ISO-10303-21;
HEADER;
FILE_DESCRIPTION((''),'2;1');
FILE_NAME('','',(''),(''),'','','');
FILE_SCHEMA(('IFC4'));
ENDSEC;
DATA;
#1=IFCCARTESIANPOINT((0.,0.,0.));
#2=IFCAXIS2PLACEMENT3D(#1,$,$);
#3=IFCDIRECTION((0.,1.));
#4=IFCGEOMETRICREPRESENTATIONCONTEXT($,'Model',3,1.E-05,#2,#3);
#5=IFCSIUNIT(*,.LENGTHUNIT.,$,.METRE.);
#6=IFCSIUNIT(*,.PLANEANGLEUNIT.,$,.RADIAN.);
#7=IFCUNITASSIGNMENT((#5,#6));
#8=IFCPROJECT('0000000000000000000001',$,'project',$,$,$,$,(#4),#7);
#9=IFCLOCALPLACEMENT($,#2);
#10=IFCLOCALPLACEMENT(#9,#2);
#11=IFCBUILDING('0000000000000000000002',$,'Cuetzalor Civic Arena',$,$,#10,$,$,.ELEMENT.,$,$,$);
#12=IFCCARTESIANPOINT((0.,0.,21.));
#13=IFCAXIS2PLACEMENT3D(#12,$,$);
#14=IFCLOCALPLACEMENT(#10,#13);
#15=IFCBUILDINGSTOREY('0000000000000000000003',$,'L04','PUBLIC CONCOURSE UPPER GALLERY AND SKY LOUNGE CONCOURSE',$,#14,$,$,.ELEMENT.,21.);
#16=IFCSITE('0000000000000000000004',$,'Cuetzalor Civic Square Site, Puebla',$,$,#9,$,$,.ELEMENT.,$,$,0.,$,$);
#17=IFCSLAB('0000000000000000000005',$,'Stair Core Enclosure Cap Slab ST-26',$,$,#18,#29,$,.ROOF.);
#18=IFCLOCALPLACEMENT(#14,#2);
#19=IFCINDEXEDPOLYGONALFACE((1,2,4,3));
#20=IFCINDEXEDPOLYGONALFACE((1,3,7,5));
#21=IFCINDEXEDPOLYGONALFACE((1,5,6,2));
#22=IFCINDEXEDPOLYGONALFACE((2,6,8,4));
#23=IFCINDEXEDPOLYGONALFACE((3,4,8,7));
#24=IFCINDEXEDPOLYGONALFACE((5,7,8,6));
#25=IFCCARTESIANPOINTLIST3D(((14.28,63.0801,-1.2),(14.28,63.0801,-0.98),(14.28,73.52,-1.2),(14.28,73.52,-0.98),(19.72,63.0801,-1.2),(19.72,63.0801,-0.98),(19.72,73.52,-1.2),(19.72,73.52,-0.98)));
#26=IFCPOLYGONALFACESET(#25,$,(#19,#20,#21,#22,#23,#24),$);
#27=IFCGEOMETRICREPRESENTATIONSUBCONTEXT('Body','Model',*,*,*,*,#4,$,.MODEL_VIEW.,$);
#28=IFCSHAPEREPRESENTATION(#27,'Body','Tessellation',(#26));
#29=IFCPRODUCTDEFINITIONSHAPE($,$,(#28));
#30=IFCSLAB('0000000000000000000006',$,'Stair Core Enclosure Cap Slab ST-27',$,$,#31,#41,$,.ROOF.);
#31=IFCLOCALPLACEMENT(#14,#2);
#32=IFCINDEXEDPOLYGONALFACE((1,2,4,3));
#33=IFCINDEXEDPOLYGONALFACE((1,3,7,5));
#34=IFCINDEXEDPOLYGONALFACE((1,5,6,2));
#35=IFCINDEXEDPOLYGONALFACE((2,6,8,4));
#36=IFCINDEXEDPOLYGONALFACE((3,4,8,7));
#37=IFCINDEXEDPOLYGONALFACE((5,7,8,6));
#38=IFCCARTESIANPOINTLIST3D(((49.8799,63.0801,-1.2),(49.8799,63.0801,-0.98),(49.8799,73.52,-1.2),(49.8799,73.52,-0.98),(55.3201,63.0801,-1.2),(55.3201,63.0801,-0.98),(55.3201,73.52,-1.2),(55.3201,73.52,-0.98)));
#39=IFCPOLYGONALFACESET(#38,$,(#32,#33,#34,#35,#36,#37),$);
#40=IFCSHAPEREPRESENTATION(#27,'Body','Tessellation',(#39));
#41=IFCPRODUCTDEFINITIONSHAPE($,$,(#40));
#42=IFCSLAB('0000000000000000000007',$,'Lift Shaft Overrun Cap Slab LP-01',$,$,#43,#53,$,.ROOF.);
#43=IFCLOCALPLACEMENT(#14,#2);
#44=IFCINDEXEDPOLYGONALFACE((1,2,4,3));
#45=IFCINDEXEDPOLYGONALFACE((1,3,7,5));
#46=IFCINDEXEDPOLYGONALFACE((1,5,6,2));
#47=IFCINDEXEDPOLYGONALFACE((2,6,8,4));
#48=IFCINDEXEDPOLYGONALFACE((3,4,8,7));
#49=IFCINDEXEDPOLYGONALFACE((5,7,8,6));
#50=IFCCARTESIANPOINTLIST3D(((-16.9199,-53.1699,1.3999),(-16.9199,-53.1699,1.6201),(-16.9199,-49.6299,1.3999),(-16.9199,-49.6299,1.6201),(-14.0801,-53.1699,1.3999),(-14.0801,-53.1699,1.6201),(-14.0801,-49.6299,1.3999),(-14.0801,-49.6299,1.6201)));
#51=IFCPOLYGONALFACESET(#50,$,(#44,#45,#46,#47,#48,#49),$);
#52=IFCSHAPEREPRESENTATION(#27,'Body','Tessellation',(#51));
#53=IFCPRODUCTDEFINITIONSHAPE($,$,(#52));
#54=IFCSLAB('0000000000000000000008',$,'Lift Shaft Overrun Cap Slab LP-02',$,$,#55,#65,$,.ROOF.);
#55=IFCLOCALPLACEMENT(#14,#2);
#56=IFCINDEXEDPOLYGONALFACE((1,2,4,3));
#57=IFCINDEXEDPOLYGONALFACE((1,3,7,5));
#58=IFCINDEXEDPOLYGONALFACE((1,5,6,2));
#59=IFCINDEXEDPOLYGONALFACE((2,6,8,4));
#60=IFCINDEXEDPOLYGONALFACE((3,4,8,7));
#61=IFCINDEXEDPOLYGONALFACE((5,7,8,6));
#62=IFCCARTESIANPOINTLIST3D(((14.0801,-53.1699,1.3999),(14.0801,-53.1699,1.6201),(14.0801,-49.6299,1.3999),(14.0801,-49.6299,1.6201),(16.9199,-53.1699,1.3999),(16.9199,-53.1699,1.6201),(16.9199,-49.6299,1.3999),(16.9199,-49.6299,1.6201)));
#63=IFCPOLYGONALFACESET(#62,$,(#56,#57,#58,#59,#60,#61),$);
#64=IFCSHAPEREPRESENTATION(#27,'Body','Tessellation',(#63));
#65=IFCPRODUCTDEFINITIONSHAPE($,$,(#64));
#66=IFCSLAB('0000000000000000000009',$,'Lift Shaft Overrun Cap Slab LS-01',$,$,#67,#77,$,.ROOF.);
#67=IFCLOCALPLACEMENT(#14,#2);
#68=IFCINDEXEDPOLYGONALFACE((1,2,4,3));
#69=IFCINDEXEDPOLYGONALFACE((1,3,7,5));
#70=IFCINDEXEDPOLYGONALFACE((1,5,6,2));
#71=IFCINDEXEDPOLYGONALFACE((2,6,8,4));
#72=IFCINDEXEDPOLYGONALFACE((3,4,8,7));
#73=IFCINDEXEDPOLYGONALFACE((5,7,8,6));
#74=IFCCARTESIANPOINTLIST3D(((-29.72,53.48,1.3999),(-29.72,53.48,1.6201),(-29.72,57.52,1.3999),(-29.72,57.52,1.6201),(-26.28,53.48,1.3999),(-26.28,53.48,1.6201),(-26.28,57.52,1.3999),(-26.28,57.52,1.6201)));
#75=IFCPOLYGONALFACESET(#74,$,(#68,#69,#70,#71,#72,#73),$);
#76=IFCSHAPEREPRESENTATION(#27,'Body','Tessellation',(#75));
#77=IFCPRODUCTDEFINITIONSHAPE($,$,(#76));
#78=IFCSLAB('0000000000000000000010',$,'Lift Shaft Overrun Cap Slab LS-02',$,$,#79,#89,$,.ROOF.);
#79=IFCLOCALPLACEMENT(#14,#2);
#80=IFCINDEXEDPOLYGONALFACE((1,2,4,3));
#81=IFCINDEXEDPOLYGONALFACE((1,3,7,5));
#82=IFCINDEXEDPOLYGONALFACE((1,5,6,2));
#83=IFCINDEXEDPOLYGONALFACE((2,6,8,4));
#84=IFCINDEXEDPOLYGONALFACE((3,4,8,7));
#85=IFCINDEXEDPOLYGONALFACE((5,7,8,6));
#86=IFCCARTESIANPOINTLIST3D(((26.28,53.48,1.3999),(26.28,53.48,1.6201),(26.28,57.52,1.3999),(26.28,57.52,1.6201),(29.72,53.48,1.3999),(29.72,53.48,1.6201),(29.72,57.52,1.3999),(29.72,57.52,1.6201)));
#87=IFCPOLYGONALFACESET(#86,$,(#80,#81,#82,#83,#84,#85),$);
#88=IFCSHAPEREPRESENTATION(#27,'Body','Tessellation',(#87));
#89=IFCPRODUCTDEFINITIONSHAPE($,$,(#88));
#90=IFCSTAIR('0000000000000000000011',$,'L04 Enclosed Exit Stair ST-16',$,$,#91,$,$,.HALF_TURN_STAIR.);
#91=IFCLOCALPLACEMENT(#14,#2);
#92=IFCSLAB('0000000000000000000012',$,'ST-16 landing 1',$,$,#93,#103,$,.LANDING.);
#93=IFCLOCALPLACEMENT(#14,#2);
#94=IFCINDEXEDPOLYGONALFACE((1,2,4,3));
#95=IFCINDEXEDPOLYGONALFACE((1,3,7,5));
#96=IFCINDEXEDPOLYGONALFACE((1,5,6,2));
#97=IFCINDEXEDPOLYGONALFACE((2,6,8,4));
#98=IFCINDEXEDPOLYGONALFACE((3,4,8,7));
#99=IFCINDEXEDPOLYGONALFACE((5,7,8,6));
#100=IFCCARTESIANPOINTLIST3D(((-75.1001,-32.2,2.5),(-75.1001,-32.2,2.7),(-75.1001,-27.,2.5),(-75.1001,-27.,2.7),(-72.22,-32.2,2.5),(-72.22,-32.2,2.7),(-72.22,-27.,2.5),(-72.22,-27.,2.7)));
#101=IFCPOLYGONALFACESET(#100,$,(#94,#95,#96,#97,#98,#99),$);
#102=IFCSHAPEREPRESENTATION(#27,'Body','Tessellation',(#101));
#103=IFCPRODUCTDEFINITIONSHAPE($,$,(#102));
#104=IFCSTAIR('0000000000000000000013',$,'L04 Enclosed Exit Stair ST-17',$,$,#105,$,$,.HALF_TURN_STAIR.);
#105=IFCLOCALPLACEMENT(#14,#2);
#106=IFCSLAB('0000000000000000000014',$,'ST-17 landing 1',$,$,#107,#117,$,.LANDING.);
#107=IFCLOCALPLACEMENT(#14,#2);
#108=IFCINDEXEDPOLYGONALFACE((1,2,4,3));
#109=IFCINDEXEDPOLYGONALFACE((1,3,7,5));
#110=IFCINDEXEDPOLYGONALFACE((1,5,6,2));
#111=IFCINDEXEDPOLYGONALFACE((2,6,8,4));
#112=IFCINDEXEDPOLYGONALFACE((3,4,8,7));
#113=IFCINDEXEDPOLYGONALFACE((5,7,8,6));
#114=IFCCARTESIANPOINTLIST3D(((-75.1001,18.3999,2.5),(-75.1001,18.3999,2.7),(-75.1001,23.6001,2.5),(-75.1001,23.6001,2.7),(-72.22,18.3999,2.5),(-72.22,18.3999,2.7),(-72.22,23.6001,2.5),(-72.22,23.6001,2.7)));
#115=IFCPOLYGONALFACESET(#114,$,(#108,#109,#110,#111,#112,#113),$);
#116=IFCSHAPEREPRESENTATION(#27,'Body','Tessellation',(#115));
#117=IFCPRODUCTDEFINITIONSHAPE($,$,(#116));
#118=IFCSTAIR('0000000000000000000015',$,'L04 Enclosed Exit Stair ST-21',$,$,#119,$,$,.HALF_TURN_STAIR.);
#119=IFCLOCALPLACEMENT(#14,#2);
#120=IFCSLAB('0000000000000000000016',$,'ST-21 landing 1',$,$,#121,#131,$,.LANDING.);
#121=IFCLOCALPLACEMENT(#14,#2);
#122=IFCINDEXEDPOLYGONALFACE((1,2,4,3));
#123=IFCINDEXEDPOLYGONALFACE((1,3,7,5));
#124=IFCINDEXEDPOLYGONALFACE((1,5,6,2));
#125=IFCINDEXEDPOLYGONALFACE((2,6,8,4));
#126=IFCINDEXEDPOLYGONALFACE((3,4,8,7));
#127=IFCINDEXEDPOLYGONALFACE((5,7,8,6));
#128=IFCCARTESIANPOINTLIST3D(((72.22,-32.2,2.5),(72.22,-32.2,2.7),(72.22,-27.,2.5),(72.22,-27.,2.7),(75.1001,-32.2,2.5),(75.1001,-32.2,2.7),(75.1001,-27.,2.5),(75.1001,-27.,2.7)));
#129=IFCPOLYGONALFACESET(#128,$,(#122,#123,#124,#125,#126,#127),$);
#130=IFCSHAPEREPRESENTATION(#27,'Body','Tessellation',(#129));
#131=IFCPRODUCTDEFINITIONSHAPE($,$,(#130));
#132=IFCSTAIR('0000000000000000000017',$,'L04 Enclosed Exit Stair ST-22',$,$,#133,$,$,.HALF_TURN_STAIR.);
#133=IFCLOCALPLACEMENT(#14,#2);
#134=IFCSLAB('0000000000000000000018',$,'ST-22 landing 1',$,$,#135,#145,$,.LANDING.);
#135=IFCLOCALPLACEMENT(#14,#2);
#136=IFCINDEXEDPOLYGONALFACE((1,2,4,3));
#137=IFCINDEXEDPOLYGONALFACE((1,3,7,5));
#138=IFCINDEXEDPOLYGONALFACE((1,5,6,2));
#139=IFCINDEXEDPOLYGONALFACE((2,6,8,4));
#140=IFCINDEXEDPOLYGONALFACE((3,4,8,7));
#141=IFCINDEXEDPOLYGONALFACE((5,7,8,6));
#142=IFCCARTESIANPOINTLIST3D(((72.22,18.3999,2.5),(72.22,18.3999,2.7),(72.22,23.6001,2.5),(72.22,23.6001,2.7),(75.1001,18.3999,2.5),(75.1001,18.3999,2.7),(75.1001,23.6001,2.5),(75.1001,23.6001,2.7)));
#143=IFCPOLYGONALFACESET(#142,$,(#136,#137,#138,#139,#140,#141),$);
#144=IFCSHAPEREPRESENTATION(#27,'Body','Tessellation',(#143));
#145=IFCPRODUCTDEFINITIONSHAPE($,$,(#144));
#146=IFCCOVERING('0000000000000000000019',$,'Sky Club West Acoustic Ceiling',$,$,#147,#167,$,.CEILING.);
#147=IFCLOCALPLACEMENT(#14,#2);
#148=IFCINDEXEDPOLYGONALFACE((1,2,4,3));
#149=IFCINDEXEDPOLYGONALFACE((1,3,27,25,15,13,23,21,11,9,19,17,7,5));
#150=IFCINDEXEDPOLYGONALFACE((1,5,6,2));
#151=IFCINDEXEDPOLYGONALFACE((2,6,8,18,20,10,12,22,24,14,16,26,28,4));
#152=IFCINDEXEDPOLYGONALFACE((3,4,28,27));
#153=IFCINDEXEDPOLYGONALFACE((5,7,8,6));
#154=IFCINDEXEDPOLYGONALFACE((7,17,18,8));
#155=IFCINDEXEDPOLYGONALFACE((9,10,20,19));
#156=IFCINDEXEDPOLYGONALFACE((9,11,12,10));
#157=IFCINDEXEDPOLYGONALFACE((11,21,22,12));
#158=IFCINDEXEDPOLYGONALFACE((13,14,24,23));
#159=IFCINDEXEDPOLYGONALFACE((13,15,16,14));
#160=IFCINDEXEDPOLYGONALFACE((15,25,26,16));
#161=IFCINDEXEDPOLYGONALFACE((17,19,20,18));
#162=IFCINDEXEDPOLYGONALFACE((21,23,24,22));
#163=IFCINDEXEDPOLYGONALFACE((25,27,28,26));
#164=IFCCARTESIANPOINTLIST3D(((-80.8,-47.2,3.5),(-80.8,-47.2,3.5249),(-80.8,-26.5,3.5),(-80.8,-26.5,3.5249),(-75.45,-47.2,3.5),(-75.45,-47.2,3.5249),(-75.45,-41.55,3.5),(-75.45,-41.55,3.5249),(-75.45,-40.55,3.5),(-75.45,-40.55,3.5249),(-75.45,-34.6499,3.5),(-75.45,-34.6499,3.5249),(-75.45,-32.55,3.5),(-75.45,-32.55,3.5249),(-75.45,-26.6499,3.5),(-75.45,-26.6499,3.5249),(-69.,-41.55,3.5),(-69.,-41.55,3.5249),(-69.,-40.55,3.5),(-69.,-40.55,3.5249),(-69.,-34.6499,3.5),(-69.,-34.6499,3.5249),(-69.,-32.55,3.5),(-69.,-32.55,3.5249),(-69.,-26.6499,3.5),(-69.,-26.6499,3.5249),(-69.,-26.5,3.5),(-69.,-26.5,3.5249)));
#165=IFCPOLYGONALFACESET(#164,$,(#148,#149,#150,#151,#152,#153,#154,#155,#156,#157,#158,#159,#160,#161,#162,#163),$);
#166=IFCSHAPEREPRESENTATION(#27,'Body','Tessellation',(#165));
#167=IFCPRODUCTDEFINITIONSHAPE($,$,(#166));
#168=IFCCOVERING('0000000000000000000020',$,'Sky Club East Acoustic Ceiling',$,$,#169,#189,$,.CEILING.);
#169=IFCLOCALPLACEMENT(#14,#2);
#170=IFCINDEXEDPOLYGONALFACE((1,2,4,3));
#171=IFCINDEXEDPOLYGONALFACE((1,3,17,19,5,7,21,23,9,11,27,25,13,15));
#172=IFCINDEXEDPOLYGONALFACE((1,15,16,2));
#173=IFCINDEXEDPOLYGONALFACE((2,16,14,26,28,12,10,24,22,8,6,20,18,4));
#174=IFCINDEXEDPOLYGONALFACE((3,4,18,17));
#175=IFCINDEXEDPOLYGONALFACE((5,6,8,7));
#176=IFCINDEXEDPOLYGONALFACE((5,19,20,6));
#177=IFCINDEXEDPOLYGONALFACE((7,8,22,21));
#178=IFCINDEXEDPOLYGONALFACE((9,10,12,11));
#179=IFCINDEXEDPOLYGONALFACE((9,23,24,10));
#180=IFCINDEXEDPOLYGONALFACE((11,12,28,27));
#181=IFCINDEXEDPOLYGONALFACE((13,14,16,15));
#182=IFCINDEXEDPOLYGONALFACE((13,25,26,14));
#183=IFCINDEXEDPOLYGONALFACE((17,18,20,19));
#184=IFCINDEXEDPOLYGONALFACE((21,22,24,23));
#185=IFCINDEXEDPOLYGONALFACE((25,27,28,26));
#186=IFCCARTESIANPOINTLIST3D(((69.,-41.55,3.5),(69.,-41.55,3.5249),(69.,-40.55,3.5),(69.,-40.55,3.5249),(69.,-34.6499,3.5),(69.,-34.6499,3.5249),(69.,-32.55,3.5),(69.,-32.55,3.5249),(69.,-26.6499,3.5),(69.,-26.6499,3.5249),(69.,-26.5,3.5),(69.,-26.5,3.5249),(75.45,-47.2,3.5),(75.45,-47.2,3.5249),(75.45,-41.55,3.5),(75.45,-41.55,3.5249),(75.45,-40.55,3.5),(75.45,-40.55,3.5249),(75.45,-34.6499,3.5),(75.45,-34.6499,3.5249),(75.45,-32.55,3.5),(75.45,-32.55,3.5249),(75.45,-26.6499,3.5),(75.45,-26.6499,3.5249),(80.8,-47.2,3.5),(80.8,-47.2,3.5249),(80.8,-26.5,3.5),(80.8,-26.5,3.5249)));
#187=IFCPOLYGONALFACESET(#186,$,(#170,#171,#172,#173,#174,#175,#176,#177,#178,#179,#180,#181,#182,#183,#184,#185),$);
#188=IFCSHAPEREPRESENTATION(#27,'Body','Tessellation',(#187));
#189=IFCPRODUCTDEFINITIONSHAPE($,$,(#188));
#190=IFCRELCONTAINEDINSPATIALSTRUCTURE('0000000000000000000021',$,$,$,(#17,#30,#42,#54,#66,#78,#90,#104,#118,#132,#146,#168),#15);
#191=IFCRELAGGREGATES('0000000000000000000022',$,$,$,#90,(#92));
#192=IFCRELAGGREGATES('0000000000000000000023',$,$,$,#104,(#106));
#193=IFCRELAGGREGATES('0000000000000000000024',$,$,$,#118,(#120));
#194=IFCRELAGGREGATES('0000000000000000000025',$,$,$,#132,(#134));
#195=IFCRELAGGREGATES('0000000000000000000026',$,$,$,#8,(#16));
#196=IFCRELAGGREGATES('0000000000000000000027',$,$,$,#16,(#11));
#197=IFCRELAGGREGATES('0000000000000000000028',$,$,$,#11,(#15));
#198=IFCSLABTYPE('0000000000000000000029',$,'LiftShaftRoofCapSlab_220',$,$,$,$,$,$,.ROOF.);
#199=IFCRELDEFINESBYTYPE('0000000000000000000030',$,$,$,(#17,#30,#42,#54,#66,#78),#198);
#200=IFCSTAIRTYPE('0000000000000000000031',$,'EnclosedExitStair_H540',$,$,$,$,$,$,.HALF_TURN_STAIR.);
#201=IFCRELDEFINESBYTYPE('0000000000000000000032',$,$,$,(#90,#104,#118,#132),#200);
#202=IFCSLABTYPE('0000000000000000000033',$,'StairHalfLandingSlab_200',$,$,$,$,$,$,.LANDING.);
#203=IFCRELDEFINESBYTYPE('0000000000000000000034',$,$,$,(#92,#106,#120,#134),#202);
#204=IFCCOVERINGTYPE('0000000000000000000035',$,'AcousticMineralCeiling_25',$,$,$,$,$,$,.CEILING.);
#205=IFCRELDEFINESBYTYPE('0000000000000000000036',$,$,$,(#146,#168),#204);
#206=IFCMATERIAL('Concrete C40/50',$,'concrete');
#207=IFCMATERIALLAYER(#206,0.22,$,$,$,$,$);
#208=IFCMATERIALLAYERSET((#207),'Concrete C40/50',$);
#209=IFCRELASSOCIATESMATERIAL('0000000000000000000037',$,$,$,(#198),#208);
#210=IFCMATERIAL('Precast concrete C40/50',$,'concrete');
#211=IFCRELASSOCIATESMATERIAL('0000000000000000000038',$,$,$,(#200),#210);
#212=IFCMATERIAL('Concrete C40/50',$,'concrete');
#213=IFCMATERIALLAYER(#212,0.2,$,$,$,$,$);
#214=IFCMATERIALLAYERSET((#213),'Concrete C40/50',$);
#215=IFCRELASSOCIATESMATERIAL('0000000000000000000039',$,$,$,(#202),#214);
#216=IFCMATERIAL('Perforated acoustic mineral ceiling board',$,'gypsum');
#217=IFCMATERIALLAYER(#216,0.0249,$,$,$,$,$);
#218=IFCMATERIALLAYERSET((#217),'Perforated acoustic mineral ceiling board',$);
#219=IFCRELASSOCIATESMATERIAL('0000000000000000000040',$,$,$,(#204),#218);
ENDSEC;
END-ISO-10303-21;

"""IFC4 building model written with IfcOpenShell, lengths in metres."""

from ifc_helpers import new_model, si_unit, direction, frame, origin, place, context, subcontext, project, spatial, polyline, outline, extrude, material, layer, layer_set, type_object, element, aggregate, save


model = new_model("IFC4")

# Units and contexts
model_context = context("Model", 3, precision=1e-05, world=origin(), true_north=direction((0.0, 1.0)))
body_context = subcontext(model_context, "Body", "Model", "MODEL_VIEW")
ifc_project = project(units=[si_unit("LENGTHUNIT", "METRE"), si_unit("PLANEANGLEUNIT", "RADIAN")], contexts=[model_context])

# Site, building, storey
site_placement = place(None, origin())
site = spatial("IfcSite", under=ifc_project, at=site_placement, Name="Cuetzalor Civic Square Site, Puebla", CompositionType="ELEMENT", RefElevation=0.0)
building_placement = place(site_placement, origin())
building = spatial("IfcBuilding", under=site, at=building_placement, Name="Cuetzalor Civic Arena", CompositionType="ELEMENT")
storey_placement = place(building_placement, frame((0.0, 0.0, 21.0)))
storey = spatial("IfcBuildingStorey", under=building, at=storey_placement, Name="L04", Description="PUBLIC CONCOURSE UPPER GALLERY AND SKY LOUNGE CONCOURSE", CompositionType="ELEMENT", Elevation=21.0)

# Slabs
ifc_material_1 = material(Name="Concrete C40/50", Category="concrete")
ifc_layer_1 = layer(ifc_material_1, 0.22)
ifc_layer_set_1 = layer_set([ifc_layer_1], Name="Concrete C40/50")
slab_type_1 = type_object("IfcSlabType", Name="LiftShaftRoofCapSlab_220", PredefinedType="ROOF", material=ifc_layer_set_1)
slab_1_placement = place(storey_placement, frame((0.0, 0.0, -1.2)))
element("IfcSlab", 1, at=slab_1_placement, inside=storey, type_object=slab_type_1, Name="Stair Core Enclosure Cap Slab ST-26", PredefinedType="ROOF", context=body_context, shape_type="SweptSolid", body=[
    extrude(outline(polyline([(14.28, 63.0801), (19.72, 63.0801), (19.72, 73.52), (14.28, 73.52), (14.28, 63.0801)])), origin(), (0.0, 0.0, 1.0), 0.22),
])
slab_2_placement = place(storey_placement, frame((0.0, 0.0, -1.2)))
element("IfcSlab", 2, at=slab_2_placement, inside=storey, type_object=slab_type_1, Name="Stair Core Enclosure Cap Slab ST-27", PredefinedType="ROOF", context=body_context, shape_type="SweptSolid", body=[
    extrude(outline(polyline([(49.8799, 63.0801), (55.3201, 63.0801), (55.3201, 73.52), (49.8799, 73.52), (49.8799, 63.0801)])), origin(), (0.0, 0.0, 1.0), 0.22),
])
slab_3_placement = place(storey_placement, frame((0.0, 0.0, 1.3999)))
element("IfcSlab", 3, at=slab_3_placement, inside=storey, type_object=slab_type_1, Name="Lift Shaft Overrun Cap Slab LP-01", PredefinedType="ROOF", context=body_context, shape_type="SweptSolid", body=[
    extrude(outline(polyline([(-16.9199, -53.1699), (-14.0801, -53.1699), (-14.0801, -49.6299), (-16.9199, -49.6299), (-16.9199, -53.1699)])), origin(), (0.0, 0.0, 1.0), 0.2202),
])
slab_4_placement = place(storey_placement, frame((0.0, 0.0, 1.3999)))
element("IfcSlab", 4, at=slab_4_placement, inside=storey, type_object=slab_type_1, Name="Lift Shaft Overrun Cap Slab LP-02", PredefinedType="ROOF", context=body_context, shape_type="SweptSolid", body=[
    extrude(outline(polyline([(14.0801, -53.1699), (16.9199, -53.1699), (16.9199, -49.6299), (14.0801, -49.6299), (14.0801, -53.1699)])), origin(), (0.0, 0.0, 1.0), 0.2202),
])
slab_5_placement = place(storey_placement, frame((0.0, 0.0, 1.3999)))
element("IfcSlab", 5, at=slab_5_placement, inside=storey, type_object=slab_type_1, Name="Lift Shaft Overrun Cap Slab LS-01", PredefinedType="ROOF", context=body_context, shape_type="SweptSolid", body=[
    extrude(outline(polyline([(-29.72, 53.48), (-26.28, 53.48), (-26.28, 57.52), (-29.72, 57.52), (-29.72, 53.48)])), origin(), (0.0, 0.0, 1.0), 0.2202),
])
slab_6_placement = place(storey_placement, frame((0.0, 0.0, 1.3999)))
element("IfcSlab", 6, at=slab_6_placement, inside=storey, type_object=slab_type_1, Name="Lift Shaft Overrun Cap Slab LS-02", PredefinedType="ROOF", context=body_context, shape_type="SweptSolid", body=[
    extrude(outline(polyline([(26.28, 53.48), (29.72, 53.48), (29.72, 57.52), (26.28, 57.52), (26.28, 53.48)])), origin(), (0.0, 0.0, 1.0), 0.2202),
])

# Stairs, slabs
ifc_material_2 = material(Name="Precast concrete C40/50", Category="concrete")
stair_type = type_object("IfcStairType", Name="EnclosedExitStair_H540", PredefinedType="HALF_TURN_STAIR", material=ifc_material_2)
stair_1_placement = place(storey_placement, origin())
stair_1 = element("IfcStair", 7, at=stair_1_placement, inside=storey, type_object=stair_type, Name="L04 Enclosed Exit Stair ST-16", PredefinedType="HALF_TURN_STAIR")
ifc_material_3 = material(Name="Concrete C40/50", Category="concrete")
ifc_layer_2 = layer(ifc_material_3, 0.2)
ifc_layer_set_2 = layer_set([ifc_layer_2], Name="Concrete C40/50")
slab_type_2 = type_object("IfcSlabType", Name="StairHalfLandingSlab_200", PredefinedType="LANDING", material=ifc_layer_set_2)
slab_7_placement = place(storey_placement, frame((0.0, 0.0, 2.5)))
slab_7 = element("IfcSlab", 8, at=slab_7_placement, type_object=slab_type_2, Name="ST-16 landing 1", PredefinedType="LANDING", context=body_context, shape_type="SweptSolid", body=[
    extrude(outline(polyline([(-72.22, -27.0), (-75.1001, -27.0), (-75.1001, -32.2), (-72.22, -32.2), (-72.22, -27.0)])), origin(), (0.0, 0.0, 1.0), 0.2),
])
aggregate(stair_1, [slab_7])
stair_2_placement = place(storey_placement, origin())
stair_2 = element("IfcStair", 9, at=stair_2_placement, inside=storey, type_object=stair_type, Name="L04 Enclosed Exit Stair ST-17", PredefinedType="HALF_TURN_STAIR")
slab_8_placement = place(storey_placement, frame((0.0, 0.0, 2.5)))
slab_8 = element("IfcSlab", 10, at=slab_8_placement, type_object=slab_type_2, Name="ST-17 landing 1", PredefinedType="LANDING", context=body_context, shape_type="SweptSolid", body=[
    extrude(outline(polyline([(-72.22, 23.6001), (-75.1001, 23.6001), (-75.1001, 18.3999), (-72.22, 18.3999), (-72.22, 23.6001)])), origin(), (0.0, 0.0, 1.0), 0.2),
])
aggregate(stair_2, [slab_8])
stair_3_placement = place(storey_placement, origin())
stair_3 = element("IfcStair", 11, at=stair_3_placement, inside=storey, type_object=stair_type, Name="L04 Enclosed Exit Stair ST-21", PredefinedType="HALF_TURN_STAIR")
slab_9_placement = place(storey_placement, frame((0.0, 0.0, 2.5)))
slab_9 = element("IfcSlab", 12, at=slab_9_placement, type_object=slab_type_2, Name="ST-21 landing 1", PredefinedType="LANDING", context=body_context, shape_type="SweptSolid", body=[
    extrude(outline(polyline([(72.22, -32.2), (75.1001, -32.2), (75.1001, -27.0), (72.22, -27.0), (72.22, -32.2)])), origin(), (0.0, 0.0, 1.0), 0.2),
])
aggregate(stair_3, [slab_9])
stair_4_placement = place(storey_placement, origin())
stair_4 = element("IfcStair", 13, at=stair_4_placement, inside=storey, type_object=stair_type, Name="L04 Enclosed Exit Stair ST-22", PredefinedType="HALF_TURN_STAIR")
slab_10_placement = place(storey_placement, frame((0.0, 0.0, 2.5)))
slab_10 = element("IfcSlab", 14, at=slab_10_placement, type_object=slab_type_2, Name="ST-22 landing 1", PredefinedType="LANDING", context=body_context, shape_type="SweptSolid", body=[
    extrude(outline(polyline([(72.22, 18.3999), (75.1001, 18.3999), (75.1001, 23.6001), (72.22, 23.6001), (72.22, 18.3999)])), origin(), (0.0, 0.0, 1.0), 0.2),
])
aggregate(stair_4, [slab_10])

# Coverings
ifc_material_4 = material(Name="Perforated acoustic mineral ceiling board", Category="gypsum")
ifc_layer_3 = layer(ifc_material_4, 0.0249)
ifc_layer_set_3 = layer_set([ifc_layer_3], Name="Perforated acoustic mineral ceiling board")
covering_type_1 = type_object("IfcCoveringType", Name="AcousticMineralCeiling_25", PredefinedType="CEILING", material=ifc_layer_set_3)
covering_1_placement = place(storey_placement, frame((0.0, 0.0, 3.5)))
element("IfcCovering", 15, at=covering_1_placement, inside=storey, type_object=covering_type_1, Name="Sky Club West Acoustic Ceiling", PredefinedType="CEILING", context=body_context, shape_type="SweptSolid", body=[
    extrude(outline(polyline([(-80.8, -47.2), (-80.8, -26.5), (-69.0, -26.5), (-69.0, -26.6499), (-75.45, -26.6499), (-75.45, -32.55), (-69.0, -32.55), (-69.0, -34.6499), (-75.45, -34.6499), (-75.45, -40.55), (-69.0, -40.55), (-69.0, -41.55), (-75.45, -41.55), (-75.45, -47.2), (-80.8, -47.2)])), origin(), (0.0, 0.0, 1.0), 0.0249),
])
covering_2_placement = place(storey_placement, frame((0.0, 0.0, 3.5)))
element("IfcCovering", 16, at=covering_2_placement, inside=storey, type_object=covering_type_1, Name="Sky Club East Acoustic Ceiling", PredefinedType="CEILING", context=body_context, shape_type="SweptSolid", body=[
    extrude(outline(polyline([(69.0, -26.5), (80.8, -26.5), (80.8, -47.2), (75.45, -47.2), (75.45, -41.55), (69.0, -41.55), (69.0, -40.55), (75.45, -40.55), (75.45, -34.6499), (69.0, -34.6499), (69.0, -32.55), (75.45, -32.55), (75.45, -26.6499), (69.0, -26.6499), (69.0, -26.5)])), origin(), (0.0, 0.0, 1.0), 0.0249),
])

save(model, "model.ifc")
